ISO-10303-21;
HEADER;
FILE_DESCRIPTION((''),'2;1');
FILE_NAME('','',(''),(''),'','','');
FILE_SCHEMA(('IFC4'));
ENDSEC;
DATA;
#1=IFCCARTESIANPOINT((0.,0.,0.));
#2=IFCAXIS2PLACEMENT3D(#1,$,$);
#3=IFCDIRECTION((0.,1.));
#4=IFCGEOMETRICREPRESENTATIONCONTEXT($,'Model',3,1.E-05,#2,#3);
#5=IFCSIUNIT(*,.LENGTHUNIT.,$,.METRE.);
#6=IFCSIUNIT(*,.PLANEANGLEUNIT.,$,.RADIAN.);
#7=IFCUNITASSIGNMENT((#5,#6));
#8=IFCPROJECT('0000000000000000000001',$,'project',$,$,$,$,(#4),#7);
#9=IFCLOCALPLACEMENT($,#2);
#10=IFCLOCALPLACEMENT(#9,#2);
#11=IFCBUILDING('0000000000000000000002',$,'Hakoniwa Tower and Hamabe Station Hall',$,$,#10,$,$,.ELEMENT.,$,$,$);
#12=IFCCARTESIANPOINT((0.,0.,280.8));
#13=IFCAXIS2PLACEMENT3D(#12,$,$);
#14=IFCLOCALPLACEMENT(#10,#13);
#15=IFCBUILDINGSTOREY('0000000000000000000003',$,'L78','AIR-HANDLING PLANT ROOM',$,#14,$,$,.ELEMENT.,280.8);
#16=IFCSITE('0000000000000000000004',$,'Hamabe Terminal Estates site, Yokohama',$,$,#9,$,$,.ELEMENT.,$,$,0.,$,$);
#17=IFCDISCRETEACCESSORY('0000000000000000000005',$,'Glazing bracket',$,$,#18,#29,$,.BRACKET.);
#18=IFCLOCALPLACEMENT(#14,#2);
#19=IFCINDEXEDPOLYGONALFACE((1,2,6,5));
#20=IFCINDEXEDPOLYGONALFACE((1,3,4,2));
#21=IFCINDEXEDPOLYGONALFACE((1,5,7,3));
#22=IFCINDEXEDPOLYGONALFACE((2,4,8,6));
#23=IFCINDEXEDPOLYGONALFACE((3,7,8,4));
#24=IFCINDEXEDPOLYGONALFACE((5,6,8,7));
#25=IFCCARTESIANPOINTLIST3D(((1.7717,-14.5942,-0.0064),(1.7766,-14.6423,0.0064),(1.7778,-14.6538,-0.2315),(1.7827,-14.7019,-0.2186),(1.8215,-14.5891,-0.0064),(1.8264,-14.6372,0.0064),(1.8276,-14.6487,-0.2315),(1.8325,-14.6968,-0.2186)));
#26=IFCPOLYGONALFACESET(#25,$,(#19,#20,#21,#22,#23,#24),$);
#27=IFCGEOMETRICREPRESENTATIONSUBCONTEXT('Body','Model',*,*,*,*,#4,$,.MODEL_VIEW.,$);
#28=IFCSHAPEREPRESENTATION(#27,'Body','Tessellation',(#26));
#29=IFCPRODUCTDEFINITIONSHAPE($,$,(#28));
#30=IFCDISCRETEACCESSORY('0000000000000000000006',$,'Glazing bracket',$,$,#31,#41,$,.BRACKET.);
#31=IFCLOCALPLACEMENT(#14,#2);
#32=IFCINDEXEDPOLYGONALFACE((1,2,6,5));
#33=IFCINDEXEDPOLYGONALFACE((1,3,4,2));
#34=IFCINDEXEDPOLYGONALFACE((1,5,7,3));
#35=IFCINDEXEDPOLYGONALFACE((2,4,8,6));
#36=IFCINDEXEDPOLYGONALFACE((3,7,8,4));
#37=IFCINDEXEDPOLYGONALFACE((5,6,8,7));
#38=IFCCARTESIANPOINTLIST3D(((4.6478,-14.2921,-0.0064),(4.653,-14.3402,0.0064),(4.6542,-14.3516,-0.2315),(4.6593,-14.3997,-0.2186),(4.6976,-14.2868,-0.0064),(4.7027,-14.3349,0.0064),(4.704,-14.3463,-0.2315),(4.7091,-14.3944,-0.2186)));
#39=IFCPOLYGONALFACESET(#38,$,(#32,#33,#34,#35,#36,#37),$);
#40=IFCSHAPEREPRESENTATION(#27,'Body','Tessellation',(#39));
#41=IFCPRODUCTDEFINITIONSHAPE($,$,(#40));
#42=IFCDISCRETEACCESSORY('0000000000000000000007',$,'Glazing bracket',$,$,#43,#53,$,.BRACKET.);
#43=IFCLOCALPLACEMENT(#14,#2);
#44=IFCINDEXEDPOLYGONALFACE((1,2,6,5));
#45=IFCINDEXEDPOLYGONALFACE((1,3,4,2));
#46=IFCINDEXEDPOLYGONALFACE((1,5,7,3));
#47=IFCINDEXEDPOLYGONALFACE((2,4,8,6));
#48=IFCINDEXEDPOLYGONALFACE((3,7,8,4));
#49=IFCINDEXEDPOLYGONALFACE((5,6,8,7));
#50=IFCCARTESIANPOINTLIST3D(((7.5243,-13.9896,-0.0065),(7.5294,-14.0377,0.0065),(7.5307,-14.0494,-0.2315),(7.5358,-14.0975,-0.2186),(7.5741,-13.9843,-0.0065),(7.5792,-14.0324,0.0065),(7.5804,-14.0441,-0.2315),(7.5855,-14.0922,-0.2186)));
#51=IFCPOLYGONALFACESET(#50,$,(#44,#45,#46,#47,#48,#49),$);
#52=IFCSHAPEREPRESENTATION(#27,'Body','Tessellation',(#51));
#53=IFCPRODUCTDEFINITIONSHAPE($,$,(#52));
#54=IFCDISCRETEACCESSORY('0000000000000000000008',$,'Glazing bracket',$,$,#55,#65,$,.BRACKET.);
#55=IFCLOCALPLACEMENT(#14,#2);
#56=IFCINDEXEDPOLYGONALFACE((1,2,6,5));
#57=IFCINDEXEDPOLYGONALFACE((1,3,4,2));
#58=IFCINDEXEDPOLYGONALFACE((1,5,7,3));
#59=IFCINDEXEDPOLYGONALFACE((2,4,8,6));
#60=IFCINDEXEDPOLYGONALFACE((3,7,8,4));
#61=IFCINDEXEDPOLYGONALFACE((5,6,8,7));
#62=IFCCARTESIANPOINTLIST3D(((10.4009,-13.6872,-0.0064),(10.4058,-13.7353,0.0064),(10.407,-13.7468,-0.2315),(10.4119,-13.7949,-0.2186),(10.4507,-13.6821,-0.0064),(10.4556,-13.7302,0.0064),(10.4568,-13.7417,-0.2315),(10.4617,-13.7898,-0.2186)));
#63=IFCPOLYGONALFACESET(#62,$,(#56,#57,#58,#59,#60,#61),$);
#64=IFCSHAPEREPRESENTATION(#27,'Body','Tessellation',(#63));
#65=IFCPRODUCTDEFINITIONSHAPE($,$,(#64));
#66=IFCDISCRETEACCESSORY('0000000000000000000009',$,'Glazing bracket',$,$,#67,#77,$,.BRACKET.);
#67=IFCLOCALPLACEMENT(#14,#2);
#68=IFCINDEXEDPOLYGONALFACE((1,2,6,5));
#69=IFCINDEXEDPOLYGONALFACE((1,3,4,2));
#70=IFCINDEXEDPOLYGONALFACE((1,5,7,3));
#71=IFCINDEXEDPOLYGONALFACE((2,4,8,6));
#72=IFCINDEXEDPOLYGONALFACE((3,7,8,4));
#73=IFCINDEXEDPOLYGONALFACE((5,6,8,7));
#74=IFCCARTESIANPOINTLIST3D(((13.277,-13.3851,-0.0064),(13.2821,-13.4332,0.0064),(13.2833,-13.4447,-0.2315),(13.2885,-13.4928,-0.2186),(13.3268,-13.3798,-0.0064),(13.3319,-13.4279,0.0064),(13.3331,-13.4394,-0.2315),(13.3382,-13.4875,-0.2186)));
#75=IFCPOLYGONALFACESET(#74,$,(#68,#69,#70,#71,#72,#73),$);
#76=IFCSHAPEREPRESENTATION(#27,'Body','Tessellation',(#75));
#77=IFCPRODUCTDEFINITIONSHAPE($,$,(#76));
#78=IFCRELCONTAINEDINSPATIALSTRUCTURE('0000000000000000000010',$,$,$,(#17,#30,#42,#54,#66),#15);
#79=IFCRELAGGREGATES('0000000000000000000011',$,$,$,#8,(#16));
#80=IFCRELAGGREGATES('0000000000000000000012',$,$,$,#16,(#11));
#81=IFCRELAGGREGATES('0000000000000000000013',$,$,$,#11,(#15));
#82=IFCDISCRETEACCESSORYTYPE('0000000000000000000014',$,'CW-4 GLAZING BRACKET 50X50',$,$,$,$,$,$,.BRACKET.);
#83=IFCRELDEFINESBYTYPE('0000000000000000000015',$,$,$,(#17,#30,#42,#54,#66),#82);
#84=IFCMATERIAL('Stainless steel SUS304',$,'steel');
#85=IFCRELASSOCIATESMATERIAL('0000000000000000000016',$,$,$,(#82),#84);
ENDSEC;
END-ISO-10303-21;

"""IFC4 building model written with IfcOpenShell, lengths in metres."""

from ifc_helpers import new_model, si_unit, direction, frame, origin, origin_2d, place, context, subcontext, project, spatial, rectangle, extrude, material, material_profile, profile_set, type_object, element, save


model = new_model("IFC4")

# Units and contexts
model_context = context("Model", 3, precision=1e-05, world=origin(), true_north=direction((0.0, 1.0)))
body_context = subcontext(model_context, "Body", "Model", "MODEL_VIEW")
ifc_project = project(units=[si_unit("LENGTHUNIT", "METRE"), si_unit("PLANEANGLEUNIT", "RADIAN")], contexts=[model_context])

# Site, building, storey
site_placement = place(None, origin())
site = spatial("IfcSite", under=ifc_project, at=site_placement, Name="Hamabe Terminal Estates site, Yokohama", CompositionType="ELEMENT", RefElevation=0.0)
building_placement = place(site_placement, origin())
building = spatial("IfcBuilding", under=site, at=building_placement, Name="Hakoniwa Tower and Hamabe Station Hall", CompositionType="ELEMENT")
storey_placement = place(building_placement, frame((0.0, 0.0, 280.8)))
storey = spatial("IfcBuildingStorey", under=building, at=storey_placement, Name="L78", Description="AIR-HANDLING PLANT ROOM", CompositionType="ELEMENT", Elevation=280.8)

# Discrete accessories
ifc_material_1 = material(Name="Stainless steel SUS304", Category="steel")
ifc_material_profile_1 = material_profile(ifc_material_1, rectangle(XDim=0.05, YDim=0.05, at=origin_2d()), Name="CW-4 GLAZING BRACKET 50X50")
ifc_profile_set_1 = profile_set([ifc_material_profile_1], Name="Stainless steel SUS304")
discrete_accessory_type = type_object("IfcDiscreteAccessoryType", Name="CW-4 GLAZING BRACKET 50X50", PredefinedType="BRACKET", material=ifc_profile_set_1)
for number, where, z_axis, x_axis, name in (
    (1, (1.7991, -14.6157, 0.0), (0.026204, -0.255747, -0.966389), (0.994792, 0.101925, 0.0), "Glazing bracket"),
    (2, (4.6753, -14.3135, 0.0), (0.027251, -0.25574, -0.966361), (0.994371, 0.105958, 0.0), "Glazing bracket"),
    (3, (7.5518, -14.011, 0.0), (0.027244, -0.256719, -0.966102), (0.994416, 0.10553, 0.0), "Glazing bracket"),
    (4, (10.4282, -13.7087, 0.0), (0.026204, -0.255747, -0.966389), (0.994792, 0.101925, 0.0), "Glazing bracket"),
    (5, (13.3044, -13.4065, 0.0), (0.027251, -0.25574, -0.966361), (0.994371, 0.105958, 0.0), "Glazing bracket"),
):
    element("IfcDiscreteAccessory", number, at=place(storey_placement, frame(where, z_axis=z_axis, x_axis=x_axis)), inside=storey, type_object=discrete_accessory_type, Name=name, PredefinedType="BRACKET", context=body_context, shape_type="SweptSolid", body=[
        extrude(rectangle(XDim=0.05, YDim=0.05, at=origin_2d()), origin(), (0.0, 0.0, 1.0), 0.2329),
    ])

save(model, "model.ifc")
